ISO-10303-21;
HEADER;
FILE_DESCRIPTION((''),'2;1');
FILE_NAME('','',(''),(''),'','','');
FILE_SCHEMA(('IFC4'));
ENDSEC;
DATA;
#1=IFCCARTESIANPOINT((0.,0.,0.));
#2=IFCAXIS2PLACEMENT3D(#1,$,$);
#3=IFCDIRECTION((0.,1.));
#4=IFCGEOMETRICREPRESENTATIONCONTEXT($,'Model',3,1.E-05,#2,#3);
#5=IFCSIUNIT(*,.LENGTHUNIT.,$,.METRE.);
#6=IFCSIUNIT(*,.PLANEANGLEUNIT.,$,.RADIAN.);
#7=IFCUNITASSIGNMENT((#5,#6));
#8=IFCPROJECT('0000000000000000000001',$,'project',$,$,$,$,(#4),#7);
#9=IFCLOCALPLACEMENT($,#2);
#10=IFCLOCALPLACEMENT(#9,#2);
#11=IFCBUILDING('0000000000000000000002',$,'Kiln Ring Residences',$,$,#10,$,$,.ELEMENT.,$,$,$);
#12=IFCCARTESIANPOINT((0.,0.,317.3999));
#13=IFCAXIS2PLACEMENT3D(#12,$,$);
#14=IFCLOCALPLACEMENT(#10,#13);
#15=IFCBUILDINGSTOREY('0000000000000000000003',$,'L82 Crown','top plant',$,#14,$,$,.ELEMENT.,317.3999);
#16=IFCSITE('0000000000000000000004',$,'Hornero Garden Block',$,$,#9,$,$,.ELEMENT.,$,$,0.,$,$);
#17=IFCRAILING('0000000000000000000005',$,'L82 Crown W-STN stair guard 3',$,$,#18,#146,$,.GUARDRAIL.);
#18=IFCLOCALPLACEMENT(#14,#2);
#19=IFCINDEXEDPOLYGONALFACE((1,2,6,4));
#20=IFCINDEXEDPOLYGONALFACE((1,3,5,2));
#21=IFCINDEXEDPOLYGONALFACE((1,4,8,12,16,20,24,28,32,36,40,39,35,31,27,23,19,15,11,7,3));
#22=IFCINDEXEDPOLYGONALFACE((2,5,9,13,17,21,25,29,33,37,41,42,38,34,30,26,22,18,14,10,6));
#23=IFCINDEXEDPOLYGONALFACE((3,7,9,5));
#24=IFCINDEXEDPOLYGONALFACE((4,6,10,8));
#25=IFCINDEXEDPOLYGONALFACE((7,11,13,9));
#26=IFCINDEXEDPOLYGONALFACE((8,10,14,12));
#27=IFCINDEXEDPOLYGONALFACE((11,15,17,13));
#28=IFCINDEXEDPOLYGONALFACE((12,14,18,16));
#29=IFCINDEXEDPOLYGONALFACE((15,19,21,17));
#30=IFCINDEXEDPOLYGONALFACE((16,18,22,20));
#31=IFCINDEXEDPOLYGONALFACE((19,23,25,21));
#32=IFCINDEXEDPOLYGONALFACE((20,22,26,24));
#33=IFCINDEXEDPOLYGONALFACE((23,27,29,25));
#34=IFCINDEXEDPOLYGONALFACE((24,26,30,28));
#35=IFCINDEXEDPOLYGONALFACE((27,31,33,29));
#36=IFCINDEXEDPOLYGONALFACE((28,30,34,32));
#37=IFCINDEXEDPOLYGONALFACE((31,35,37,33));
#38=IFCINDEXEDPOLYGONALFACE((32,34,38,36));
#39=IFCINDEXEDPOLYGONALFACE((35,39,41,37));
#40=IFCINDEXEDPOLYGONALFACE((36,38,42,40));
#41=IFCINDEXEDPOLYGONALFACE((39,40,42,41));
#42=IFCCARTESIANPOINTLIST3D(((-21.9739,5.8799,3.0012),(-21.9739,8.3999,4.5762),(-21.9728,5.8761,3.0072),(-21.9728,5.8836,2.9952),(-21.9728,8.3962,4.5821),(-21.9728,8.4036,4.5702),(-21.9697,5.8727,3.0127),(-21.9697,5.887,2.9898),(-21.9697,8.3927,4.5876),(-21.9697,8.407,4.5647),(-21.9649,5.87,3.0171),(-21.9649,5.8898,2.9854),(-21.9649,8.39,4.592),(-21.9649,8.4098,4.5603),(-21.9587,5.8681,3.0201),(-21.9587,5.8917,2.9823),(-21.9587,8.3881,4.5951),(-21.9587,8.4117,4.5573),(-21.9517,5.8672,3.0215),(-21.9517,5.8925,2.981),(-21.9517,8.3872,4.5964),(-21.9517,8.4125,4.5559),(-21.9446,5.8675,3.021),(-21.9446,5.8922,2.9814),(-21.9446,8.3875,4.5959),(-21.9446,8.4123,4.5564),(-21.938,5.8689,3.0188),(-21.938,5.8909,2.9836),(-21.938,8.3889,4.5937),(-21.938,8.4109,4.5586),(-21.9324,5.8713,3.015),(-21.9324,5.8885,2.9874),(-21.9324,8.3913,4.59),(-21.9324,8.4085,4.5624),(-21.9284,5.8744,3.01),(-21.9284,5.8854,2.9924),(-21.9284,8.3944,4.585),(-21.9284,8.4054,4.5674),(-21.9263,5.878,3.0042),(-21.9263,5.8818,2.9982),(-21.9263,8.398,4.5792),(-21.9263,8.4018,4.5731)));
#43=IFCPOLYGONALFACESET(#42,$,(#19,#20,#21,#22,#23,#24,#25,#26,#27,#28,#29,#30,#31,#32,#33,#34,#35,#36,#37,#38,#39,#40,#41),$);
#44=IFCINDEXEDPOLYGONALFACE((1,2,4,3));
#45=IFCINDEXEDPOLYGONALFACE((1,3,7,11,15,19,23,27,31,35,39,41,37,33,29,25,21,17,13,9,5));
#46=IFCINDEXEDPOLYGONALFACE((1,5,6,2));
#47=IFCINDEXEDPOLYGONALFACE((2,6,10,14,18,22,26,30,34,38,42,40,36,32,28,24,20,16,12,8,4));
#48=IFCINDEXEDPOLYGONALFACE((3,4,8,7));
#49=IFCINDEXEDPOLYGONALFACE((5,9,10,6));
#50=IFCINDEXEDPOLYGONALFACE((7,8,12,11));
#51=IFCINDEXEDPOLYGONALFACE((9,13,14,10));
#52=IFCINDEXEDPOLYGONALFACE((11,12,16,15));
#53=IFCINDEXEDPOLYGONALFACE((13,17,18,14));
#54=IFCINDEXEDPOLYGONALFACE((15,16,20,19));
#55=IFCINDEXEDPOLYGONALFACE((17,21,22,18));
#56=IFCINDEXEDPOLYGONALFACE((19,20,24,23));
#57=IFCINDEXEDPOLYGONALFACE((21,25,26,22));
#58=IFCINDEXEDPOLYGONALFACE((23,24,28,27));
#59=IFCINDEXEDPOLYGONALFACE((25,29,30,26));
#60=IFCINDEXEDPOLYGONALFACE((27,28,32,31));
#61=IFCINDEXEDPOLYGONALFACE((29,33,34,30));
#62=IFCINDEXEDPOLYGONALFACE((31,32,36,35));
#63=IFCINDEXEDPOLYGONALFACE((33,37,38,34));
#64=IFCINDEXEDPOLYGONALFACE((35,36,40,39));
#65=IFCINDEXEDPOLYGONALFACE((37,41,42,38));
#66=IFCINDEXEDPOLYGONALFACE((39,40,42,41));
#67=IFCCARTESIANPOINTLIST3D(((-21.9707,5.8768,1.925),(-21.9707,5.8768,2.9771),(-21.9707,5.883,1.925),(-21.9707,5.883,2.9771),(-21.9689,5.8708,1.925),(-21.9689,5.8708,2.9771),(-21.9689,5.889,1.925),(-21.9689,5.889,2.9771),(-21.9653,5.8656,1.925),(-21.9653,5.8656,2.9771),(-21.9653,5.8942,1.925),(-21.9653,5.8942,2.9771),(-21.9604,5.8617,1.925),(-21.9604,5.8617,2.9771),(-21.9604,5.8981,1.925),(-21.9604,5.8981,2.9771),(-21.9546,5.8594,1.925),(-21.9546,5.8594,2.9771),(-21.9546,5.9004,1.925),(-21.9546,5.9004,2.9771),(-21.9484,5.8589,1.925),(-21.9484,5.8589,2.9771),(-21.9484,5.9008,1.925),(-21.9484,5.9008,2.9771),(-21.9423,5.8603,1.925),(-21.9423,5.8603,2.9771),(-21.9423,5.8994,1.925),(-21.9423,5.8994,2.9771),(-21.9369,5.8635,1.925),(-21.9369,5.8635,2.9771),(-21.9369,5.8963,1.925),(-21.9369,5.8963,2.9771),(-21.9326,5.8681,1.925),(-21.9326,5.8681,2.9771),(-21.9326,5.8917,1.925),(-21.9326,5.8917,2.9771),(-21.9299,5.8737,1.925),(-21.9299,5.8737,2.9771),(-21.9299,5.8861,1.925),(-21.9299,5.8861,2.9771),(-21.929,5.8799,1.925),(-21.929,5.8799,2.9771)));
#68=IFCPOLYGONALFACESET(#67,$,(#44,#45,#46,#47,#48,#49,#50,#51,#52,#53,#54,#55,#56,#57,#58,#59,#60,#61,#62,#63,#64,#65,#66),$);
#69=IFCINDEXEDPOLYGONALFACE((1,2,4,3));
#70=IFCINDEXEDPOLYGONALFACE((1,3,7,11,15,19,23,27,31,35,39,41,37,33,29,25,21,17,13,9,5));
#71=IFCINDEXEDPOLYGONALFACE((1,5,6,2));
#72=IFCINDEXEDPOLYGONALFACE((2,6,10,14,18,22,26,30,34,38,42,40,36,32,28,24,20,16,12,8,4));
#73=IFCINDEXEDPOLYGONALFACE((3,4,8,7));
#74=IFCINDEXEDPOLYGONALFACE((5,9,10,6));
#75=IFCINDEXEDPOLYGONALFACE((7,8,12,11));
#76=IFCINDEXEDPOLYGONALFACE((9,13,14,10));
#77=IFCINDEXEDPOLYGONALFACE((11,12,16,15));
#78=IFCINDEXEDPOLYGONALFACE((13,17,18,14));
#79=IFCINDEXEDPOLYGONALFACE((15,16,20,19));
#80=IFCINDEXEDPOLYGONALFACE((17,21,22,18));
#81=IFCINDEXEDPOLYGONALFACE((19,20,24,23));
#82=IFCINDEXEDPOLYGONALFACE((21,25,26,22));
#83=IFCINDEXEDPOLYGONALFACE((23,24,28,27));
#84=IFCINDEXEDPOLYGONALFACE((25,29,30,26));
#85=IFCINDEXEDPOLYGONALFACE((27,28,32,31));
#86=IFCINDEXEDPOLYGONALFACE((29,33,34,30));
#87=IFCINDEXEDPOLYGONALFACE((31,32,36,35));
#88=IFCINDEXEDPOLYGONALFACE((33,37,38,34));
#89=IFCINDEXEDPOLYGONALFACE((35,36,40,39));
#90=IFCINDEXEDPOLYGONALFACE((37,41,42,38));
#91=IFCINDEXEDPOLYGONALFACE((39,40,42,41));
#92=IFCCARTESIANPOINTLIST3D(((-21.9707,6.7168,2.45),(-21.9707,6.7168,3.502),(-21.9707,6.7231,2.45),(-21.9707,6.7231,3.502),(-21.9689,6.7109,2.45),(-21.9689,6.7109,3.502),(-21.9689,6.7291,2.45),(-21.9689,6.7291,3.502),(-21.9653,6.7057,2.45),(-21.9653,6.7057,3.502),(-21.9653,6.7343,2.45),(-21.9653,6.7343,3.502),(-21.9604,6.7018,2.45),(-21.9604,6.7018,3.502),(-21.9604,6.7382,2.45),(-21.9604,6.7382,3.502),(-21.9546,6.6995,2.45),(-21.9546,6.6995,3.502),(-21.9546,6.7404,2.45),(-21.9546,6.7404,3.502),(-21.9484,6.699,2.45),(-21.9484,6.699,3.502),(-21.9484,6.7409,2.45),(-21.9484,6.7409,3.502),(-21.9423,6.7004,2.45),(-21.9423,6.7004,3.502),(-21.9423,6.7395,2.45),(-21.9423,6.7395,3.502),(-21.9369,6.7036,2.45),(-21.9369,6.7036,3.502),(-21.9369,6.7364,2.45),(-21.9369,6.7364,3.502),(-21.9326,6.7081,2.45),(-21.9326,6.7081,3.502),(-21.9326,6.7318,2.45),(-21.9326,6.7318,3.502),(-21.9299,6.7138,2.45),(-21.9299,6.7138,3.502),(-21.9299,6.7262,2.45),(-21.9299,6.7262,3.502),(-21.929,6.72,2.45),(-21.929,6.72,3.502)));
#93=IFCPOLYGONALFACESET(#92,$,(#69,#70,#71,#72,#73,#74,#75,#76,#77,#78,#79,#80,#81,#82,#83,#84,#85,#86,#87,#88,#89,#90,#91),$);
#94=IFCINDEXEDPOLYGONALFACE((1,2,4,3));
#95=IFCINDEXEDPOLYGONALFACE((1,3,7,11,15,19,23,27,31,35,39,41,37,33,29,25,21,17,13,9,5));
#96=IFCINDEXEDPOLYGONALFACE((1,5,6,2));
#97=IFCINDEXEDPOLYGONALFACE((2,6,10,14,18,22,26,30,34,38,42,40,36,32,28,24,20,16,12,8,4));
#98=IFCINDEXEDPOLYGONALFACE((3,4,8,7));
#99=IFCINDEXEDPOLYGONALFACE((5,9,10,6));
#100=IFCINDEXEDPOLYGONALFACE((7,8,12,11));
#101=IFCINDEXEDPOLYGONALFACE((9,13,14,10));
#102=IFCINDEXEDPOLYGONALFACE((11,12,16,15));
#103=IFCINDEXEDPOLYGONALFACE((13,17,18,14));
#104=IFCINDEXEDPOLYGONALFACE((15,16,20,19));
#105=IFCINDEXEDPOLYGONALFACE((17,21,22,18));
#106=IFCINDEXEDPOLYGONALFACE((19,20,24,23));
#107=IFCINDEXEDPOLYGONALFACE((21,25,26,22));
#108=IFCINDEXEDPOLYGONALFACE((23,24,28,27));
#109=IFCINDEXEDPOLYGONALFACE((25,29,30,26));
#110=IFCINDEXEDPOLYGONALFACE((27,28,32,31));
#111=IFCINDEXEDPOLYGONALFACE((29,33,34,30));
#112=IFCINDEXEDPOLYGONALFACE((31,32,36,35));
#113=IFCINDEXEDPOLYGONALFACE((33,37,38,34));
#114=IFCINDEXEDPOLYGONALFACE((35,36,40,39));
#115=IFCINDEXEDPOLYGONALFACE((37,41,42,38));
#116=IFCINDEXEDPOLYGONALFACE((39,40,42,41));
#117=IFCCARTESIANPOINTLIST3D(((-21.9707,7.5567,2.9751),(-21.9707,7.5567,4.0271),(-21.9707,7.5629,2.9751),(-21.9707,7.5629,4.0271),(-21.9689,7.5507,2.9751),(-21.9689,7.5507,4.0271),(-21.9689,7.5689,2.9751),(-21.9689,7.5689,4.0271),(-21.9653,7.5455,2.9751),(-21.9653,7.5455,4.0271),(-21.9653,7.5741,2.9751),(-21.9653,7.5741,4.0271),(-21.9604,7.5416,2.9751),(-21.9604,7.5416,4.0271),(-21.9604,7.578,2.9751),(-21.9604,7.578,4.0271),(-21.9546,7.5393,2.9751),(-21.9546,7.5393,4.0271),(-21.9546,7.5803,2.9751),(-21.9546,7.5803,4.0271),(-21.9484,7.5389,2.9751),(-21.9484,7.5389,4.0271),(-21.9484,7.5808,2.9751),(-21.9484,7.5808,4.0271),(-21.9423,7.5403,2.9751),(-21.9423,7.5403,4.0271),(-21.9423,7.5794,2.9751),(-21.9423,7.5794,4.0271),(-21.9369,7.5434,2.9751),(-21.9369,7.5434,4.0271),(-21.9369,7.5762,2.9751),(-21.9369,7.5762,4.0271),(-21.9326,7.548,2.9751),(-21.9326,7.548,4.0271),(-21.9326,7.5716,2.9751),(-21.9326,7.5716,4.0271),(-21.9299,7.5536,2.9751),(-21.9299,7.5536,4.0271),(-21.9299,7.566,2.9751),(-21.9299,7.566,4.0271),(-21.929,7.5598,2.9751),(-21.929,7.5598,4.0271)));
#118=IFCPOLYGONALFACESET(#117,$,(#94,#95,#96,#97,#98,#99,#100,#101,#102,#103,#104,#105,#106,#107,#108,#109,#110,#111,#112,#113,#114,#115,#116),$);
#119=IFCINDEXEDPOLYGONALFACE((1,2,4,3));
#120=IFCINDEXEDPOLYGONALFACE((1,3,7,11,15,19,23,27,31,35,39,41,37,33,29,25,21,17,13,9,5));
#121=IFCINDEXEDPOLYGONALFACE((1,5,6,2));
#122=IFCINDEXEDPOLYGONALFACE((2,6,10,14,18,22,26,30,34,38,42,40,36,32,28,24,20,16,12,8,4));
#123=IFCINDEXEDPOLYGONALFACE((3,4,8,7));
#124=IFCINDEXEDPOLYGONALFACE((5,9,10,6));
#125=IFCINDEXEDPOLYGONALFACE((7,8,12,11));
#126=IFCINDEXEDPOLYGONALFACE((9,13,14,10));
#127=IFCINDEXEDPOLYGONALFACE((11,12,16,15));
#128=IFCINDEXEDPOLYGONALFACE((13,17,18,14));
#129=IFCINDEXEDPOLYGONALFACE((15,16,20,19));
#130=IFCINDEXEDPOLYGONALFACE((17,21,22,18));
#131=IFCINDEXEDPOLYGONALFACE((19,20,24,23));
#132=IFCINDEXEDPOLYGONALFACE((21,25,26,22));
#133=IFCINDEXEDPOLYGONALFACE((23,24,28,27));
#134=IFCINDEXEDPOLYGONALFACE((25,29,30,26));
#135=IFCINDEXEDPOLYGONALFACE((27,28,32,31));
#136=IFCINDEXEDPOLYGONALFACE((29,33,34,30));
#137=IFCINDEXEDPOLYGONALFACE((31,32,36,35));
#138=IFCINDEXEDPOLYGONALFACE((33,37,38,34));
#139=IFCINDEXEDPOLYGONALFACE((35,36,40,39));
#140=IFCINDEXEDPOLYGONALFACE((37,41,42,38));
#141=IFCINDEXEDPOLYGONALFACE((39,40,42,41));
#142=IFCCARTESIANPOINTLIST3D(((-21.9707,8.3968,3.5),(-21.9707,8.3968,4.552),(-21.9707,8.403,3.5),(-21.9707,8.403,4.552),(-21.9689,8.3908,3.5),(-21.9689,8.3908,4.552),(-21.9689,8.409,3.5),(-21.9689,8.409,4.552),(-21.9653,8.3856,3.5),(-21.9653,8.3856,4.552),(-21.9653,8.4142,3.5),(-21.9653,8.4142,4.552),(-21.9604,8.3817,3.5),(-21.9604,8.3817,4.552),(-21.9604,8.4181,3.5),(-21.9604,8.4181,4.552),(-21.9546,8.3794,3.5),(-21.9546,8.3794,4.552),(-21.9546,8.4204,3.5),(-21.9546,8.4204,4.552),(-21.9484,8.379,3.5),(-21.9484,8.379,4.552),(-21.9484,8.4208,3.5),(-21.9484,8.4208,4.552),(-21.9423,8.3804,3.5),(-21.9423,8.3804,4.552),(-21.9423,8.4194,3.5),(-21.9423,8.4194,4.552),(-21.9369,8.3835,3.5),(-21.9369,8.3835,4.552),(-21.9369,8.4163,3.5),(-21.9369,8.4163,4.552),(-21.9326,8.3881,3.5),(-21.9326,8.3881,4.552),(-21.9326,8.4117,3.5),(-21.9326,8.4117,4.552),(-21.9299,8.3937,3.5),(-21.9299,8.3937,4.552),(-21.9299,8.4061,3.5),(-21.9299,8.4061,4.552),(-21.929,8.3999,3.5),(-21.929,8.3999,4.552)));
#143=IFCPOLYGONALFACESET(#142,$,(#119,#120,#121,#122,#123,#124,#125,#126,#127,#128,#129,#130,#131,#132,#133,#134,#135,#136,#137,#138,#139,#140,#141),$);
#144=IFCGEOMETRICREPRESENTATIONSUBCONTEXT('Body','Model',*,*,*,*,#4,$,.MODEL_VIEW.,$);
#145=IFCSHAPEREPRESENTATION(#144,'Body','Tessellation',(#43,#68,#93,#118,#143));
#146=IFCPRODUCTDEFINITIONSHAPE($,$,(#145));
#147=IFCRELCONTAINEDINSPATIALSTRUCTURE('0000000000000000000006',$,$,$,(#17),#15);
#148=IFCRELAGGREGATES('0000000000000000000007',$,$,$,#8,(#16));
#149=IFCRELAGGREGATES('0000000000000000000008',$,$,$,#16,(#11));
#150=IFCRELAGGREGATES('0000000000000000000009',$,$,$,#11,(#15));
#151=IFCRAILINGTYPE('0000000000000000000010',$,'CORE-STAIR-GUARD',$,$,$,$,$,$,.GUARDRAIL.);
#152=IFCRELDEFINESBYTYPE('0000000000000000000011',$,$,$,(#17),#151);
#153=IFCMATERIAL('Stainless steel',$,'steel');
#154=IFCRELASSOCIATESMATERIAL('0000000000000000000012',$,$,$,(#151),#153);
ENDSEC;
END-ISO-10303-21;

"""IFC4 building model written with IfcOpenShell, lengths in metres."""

from ifc_helpers import new_model, si_unit, direction, frame, origin, origin_2d, place, context, subcontext, project, spatial, circle, extrude, material, type_object, element, save


model = new_model("IFC4")

# Units and contexts
model_context = context("Model", 3, precision=1e-05, world=origin(), true_north=direction((0.0, 1.0)))
body_context = subcontext(model_context, "Body", "Model", "MODEL_VIEW")
ifc_project = project(units=[si_unit("LENGTHUNIT", "METRE"), si_unit("PLANEANGLEUNIT", "RADIAN")], contexts=[model_context])

# Site, building, storey
site_placement = place(None, origin())
site = spatial("IfcSite", under=ifc_project, at=site_placement, Name="Hornero Garden Block", CompositionType="ELEMENT", RefElevation=0.0)
building_placement = place(site_placement, origin())
building = spatial("IfcBuilding", under=site, at=building_placement, Name="Kiln Ring Residences", CompositionType="ELEMENT")
storey_placement = place(building_placement, frame((0.0, 0.0, 317.3999)))
storey = spatial("IfcBuildingStorey", under=building, at=storey_placement, Name="L82 Crown", Description="top plant", CompositionType="ELEMENT", Elevation=317.3999)

# Railing
ifc_material_1 = material(Name="Stainless steel", Category="steel")
railing_type_1 = type_object("IfcRailingType", Name="CORE-STAIR-GUARD", PredefinedType="GUARDRAIL", material=ifc_material_1)
railing_1_placement = place(storey_placement, frame((-21.95, 5.8799, 1.925)))
element("IfcRailing", 1, at=railing_1_placement, inside=storey, type_object=railing_type_1, Name="L82 Crown W-STN stair guard 3", PredefinedType="GUARDRAIL", context=body_context, shape_type="SweptSolid", body=[
    extrude(circle(Radius=0.0239, at=origin_2d()), frame((0.0, 0.0, 1.0762), z_axis=(0.0, 0.848008, 0.529984), x_axis=(-1.0, 0.0, 0.0)), (0.0, 0.0, 1.0), 2.9717),
    extrude(circle(Radius=0.021, at=origin_2d()), origin(), (0.0, 0.0, 1.0), 1.052),
    extrude(circle(Radius=0.021, at=origin_2d()), frame((0.0, 0.8401, 0.5249)), (0.0, 0.0, 1.0), 1.052),
    extrude(circle(Radius=0.021, at=origin_2d()), frame((0.0, 1.6799, 1.05)), (0.0, 0.0, 1.0), 1.052),
    extrude(circle(Radius=0.021, at=origin_2d()), frame((0.0, 2.52, 1.575)), (0.0, 0.0, 1.0), 1.052),
])

save(model, "model.ifc")
